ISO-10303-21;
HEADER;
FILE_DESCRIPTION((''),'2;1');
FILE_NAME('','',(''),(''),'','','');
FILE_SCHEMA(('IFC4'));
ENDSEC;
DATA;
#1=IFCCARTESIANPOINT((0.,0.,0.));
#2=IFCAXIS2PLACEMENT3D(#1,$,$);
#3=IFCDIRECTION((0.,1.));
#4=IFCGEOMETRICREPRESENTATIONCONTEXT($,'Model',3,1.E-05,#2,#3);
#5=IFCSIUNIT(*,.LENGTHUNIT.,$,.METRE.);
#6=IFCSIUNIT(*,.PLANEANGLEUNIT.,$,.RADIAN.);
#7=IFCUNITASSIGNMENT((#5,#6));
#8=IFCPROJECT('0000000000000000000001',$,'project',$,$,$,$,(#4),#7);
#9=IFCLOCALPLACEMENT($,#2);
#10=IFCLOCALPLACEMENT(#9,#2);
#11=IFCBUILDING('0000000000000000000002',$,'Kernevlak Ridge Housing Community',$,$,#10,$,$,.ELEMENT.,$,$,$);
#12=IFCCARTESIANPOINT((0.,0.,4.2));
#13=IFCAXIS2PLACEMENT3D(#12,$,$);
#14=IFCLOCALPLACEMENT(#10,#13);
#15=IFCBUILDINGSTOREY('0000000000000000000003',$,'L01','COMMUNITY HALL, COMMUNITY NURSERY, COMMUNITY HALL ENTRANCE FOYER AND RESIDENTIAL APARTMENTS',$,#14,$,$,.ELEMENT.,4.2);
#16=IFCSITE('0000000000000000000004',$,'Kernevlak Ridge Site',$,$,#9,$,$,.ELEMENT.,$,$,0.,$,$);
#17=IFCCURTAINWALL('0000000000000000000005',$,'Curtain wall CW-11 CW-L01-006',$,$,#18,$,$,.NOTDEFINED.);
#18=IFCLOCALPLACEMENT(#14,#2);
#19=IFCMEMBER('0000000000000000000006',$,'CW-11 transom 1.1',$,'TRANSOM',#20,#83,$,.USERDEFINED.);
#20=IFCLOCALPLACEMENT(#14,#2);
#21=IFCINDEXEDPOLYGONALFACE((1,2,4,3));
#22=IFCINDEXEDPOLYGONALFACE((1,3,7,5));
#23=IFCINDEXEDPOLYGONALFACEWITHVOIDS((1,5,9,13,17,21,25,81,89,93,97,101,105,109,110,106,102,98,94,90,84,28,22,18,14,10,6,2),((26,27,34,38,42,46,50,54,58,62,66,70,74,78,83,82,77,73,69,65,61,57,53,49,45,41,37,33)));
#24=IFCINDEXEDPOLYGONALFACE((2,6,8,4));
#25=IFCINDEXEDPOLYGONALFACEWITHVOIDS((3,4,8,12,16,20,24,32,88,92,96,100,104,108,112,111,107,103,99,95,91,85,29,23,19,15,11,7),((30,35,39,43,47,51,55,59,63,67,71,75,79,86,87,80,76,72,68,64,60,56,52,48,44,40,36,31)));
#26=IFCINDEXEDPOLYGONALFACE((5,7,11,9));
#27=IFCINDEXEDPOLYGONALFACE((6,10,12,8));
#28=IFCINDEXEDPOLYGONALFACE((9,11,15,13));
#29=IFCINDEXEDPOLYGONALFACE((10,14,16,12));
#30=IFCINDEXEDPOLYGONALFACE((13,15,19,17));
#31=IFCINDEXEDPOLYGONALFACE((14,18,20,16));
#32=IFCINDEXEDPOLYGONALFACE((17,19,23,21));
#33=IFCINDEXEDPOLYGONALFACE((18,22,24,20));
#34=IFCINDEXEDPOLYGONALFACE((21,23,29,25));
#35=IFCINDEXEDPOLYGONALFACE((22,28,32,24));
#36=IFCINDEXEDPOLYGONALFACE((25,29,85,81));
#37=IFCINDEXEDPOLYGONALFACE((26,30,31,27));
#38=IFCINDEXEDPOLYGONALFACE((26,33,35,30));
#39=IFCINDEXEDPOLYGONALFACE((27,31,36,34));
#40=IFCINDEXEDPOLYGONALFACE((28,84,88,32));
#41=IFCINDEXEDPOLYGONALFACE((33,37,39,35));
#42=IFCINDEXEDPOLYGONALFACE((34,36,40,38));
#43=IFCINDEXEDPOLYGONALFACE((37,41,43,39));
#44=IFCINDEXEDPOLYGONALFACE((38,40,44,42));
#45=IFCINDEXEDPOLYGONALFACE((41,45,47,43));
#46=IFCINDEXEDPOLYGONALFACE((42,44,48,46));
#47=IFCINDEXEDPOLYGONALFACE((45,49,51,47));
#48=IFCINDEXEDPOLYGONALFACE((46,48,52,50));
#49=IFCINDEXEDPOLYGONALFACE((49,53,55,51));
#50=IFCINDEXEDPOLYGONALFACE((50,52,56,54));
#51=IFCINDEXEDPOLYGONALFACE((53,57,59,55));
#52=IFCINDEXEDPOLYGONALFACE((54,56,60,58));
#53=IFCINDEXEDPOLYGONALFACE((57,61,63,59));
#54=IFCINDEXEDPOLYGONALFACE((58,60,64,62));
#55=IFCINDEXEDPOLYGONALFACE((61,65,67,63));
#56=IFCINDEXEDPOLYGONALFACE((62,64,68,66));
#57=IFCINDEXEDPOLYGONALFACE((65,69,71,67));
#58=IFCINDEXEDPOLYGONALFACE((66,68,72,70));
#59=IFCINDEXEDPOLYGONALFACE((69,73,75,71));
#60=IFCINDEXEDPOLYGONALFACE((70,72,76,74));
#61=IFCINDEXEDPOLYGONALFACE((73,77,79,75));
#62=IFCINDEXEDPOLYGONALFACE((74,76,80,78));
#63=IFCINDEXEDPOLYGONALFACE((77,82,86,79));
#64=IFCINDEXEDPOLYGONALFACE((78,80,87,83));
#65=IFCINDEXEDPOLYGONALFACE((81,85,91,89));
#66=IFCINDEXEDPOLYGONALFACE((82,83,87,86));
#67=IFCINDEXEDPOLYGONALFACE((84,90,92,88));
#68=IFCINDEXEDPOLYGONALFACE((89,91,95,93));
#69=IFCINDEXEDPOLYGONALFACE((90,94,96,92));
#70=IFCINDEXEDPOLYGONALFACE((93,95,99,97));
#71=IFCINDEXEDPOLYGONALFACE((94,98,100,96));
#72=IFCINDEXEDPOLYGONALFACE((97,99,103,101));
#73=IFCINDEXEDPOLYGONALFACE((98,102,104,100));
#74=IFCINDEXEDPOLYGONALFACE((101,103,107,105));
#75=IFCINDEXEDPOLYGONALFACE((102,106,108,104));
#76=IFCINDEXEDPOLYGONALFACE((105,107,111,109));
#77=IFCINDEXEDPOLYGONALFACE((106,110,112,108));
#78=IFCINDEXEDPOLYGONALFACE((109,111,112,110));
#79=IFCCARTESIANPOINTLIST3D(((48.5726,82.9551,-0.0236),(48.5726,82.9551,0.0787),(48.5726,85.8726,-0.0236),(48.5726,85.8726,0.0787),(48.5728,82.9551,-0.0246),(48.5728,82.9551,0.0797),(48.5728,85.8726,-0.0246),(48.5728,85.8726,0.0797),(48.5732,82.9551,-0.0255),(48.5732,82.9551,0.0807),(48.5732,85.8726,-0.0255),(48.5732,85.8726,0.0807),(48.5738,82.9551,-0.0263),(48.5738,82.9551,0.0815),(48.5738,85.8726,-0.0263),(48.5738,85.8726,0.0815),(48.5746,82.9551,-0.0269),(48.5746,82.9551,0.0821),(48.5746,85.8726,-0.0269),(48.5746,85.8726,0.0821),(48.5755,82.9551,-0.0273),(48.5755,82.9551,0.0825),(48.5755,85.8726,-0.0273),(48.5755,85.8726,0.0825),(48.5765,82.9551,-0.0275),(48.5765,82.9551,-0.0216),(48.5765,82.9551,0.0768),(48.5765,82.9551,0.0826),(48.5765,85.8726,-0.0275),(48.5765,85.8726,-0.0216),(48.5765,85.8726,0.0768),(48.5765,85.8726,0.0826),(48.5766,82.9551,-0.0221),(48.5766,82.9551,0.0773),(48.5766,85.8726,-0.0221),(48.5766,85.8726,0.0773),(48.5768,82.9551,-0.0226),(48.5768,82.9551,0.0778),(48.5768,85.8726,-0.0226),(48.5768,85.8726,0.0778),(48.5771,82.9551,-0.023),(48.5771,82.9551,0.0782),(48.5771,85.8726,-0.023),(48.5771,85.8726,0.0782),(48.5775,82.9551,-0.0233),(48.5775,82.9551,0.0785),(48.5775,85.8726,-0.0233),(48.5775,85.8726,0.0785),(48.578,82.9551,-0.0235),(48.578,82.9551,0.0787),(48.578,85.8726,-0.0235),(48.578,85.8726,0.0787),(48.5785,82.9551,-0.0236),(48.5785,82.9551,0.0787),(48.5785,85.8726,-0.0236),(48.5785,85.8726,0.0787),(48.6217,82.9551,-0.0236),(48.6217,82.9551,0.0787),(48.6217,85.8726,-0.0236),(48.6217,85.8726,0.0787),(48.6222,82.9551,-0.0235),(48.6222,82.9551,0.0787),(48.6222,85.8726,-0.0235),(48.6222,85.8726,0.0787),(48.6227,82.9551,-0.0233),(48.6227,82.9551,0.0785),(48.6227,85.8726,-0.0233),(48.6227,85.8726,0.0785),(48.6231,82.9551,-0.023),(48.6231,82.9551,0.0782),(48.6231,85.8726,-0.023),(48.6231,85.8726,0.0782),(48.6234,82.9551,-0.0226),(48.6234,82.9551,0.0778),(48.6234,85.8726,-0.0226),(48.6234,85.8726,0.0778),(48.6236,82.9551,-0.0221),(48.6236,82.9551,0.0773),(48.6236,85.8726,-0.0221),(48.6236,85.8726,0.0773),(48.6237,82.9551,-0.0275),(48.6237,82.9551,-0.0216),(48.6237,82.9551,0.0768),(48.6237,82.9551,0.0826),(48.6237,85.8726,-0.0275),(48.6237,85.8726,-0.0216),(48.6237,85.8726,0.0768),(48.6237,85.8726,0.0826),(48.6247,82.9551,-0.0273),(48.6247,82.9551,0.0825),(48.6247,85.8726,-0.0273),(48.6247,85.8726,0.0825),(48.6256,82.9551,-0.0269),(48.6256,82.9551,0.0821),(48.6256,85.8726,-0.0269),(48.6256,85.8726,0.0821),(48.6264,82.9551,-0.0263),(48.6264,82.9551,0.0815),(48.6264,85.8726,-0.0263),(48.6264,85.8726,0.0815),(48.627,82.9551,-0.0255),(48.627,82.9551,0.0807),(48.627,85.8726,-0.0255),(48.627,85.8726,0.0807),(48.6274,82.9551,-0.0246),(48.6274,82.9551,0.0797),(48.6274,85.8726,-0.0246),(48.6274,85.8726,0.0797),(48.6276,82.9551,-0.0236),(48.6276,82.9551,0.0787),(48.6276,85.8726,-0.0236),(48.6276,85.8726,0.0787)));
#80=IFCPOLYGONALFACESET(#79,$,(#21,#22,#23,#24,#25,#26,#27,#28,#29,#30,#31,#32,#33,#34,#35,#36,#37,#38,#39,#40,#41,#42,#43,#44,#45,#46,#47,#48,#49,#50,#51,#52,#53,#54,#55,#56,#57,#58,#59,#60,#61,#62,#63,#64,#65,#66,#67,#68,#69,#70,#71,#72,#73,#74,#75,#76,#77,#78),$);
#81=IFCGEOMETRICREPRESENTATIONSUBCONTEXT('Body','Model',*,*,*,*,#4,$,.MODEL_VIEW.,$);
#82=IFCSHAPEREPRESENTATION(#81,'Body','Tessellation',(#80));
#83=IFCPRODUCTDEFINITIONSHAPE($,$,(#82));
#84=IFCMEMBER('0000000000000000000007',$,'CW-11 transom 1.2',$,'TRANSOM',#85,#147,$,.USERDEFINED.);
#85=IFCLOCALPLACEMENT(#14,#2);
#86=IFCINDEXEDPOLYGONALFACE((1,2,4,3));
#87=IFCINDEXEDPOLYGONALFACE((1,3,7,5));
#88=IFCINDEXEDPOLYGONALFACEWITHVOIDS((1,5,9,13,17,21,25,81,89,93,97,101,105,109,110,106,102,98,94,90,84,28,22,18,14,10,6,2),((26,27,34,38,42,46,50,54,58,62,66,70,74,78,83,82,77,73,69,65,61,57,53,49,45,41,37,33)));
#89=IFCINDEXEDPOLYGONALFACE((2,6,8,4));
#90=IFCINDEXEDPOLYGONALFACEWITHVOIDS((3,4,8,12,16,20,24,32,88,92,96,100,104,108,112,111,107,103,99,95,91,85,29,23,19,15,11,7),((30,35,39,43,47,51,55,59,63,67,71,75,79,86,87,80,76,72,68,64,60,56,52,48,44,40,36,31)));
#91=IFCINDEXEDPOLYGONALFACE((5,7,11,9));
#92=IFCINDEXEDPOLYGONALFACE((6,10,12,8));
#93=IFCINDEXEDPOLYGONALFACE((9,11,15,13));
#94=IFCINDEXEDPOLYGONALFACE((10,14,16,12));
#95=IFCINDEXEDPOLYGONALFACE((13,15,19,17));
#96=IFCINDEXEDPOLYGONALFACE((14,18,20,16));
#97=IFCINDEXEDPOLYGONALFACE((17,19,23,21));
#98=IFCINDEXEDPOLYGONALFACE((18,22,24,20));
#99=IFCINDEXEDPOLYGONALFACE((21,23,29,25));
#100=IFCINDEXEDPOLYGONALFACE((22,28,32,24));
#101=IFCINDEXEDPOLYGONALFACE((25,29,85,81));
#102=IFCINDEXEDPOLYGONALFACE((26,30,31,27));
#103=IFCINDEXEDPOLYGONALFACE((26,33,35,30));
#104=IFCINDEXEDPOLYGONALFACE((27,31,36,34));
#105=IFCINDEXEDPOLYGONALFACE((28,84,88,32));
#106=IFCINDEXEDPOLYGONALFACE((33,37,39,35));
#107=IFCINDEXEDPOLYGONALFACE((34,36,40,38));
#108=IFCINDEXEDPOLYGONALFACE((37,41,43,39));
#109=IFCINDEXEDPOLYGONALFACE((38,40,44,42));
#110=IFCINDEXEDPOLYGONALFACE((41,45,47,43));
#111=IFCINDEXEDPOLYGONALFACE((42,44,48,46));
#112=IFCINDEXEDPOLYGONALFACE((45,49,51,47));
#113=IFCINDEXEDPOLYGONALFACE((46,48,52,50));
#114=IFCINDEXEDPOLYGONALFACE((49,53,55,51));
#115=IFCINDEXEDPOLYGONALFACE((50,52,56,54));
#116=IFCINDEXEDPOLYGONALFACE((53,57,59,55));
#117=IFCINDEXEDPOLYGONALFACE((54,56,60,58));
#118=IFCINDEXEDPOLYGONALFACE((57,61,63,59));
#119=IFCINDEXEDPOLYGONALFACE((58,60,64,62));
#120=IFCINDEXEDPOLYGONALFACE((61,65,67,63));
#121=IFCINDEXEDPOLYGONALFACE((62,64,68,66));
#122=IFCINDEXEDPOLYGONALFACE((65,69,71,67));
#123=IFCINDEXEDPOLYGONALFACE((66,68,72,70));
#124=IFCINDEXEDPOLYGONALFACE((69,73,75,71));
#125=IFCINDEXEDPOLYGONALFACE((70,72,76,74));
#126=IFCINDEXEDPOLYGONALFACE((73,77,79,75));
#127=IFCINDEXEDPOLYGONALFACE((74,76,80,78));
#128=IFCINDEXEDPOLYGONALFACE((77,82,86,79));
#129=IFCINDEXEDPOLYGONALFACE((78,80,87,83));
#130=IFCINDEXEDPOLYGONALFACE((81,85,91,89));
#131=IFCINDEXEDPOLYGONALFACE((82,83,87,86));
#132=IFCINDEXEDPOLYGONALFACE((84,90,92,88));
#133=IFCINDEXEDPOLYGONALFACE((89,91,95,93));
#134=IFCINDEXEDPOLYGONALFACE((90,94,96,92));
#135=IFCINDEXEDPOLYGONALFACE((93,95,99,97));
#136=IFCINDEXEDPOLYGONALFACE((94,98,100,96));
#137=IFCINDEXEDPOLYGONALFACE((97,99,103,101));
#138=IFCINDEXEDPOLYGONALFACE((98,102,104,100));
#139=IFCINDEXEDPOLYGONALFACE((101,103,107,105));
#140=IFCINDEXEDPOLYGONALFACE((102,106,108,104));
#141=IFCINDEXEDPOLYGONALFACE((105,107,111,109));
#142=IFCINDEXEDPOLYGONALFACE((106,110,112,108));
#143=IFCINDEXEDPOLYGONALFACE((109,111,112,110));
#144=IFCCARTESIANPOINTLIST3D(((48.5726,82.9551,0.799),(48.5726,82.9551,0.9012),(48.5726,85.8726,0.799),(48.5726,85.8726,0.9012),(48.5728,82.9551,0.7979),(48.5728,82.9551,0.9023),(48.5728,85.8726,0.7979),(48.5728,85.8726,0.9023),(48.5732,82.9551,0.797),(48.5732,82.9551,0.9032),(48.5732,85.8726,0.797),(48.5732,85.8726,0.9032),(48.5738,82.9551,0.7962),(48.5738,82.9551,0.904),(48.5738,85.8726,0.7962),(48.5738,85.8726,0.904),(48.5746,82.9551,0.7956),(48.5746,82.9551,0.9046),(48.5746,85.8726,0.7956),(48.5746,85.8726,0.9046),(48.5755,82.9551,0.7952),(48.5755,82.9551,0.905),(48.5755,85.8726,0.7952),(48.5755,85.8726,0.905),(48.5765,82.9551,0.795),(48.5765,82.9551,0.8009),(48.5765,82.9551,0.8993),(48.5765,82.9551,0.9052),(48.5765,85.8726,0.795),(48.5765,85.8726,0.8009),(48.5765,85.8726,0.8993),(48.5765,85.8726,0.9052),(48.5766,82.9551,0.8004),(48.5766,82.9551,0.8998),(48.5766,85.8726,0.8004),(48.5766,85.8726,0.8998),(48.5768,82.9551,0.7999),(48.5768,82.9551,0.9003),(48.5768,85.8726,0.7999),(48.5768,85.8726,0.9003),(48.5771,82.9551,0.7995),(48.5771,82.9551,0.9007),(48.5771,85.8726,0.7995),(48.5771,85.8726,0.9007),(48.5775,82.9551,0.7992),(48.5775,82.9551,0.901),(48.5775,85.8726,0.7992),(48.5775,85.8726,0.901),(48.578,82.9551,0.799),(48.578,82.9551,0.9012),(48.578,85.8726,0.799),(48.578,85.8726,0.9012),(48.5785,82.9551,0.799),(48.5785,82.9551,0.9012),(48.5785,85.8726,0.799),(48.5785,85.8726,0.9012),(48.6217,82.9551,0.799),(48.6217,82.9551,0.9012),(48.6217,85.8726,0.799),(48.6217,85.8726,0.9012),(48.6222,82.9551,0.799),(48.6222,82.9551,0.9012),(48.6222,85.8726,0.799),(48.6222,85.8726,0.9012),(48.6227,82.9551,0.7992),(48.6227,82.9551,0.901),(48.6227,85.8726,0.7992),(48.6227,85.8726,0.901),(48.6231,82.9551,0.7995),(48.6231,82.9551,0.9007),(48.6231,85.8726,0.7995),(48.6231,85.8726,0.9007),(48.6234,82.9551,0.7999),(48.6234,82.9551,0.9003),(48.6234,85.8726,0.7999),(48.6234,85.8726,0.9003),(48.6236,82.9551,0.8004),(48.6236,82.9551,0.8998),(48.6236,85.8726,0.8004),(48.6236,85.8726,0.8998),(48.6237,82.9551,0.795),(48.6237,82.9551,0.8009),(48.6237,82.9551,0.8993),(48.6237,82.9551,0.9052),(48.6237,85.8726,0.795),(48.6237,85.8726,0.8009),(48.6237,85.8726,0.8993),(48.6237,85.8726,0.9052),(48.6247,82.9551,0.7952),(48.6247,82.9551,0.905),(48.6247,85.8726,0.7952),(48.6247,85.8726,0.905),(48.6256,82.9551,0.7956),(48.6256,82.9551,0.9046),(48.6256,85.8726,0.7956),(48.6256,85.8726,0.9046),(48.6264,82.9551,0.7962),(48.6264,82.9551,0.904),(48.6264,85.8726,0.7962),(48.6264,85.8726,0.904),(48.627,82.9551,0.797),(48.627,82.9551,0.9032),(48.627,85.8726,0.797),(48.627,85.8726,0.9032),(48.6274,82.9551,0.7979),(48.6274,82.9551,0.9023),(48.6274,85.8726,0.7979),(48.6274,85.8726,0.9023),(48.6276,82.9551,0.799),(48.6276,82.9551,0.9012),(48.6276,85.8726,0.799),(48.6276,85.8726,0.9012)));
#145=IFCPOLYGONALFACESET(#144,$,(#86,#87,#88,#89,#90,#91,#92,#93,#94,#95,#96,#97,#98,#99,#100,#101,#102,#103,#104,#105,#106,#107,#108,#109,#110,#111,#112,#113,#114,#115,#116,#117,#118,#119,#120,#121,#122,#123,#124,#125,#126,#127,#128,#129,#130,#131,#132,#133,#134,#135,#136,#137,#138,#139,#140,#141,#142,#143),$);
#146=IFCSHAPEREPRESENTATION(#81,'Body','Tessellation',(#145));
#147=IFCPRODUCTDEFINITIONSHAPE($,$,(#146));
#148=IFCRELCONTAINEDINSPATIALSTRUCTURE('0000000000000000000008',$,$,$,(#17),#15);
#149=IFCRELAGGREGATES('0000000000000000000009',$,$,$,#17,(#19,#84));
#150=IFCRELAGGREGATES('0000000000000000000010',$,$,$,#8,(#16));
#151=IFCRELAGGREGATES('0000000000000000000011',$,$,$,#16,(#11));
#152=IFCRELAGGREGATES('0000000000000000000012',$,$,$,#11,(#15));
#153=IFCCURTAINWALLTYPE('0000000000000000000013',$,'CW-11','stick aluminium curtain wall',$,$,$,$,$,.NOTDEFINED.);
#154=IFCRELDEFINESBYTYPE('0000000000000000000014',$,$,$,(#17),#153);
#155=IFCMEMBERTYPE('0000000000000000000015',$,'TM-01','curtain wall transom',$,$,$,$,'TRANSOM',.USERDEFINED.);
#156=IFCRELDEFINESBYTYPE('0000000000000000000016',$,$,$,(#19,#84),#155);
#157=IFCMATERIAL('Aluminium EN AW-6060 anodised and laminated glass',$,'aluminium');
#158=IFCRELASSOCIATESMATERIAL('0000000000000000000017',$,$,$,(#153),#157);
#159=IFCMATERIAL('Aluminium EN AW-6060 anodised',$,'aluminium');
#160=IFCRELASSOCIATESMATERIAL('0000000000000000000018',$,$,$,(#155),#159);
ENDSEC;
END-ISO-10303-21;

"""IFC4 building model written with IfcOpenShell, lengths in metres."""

from ifc_helpers import new_model, si_unit, direction, frame, origin, origin_2d, place, context, subcontext, project, spatial, hollow_rectangle, extrude, material, material_profile, profile_set, type_object, element, aggregate, save


model = new_model("IFC4")

# Units and contexts
model_context = context("Model", 3, precision=1e-05, world=origin(), true_north=direction((0.0, 1.0)))
body_context = subcontext(model_context, "Body", "Model", "MODEL_VIEW")
ifc_project = project(units=[si_unit("LENGTHUNIT", "METRE"), si_unit("PLANEANGLEUNIT", "RADIAN")], contexts=[model_context])

# Site, building, storey
site_placement = place(None, origin())
site = spatial("IfcSite", under=ifc_project, at=site_placement, Name="Kernevlak Ridge Site", CompositionType="ELEMENT", RefElevation=0.0)
building_placement = place(site_placement, origin())
building = spatial("IfcBuilding", under=site, at=building_placement, Name="Kernevlak Ridge Housing Community", CompositionType="ELEMENT")
storey_placement = place(building_placement, frame((0.0, 0.0, 4.2)))
storey = spatial("IfcBuildingStorey", under=building, at=storey_placement, Name="L01", Description="COMMUNITY HALL, COMMUNITY NURSERY, COMMUNITY HALL ENTRANCE FOYER AND RESIDENTIAL APARTMENTS", CompositionType="ELEMENT", Elevation=4.2)

# Curtain wall
ifc_material_1 = material(Name="Aluminium EN AW-6060 anodised and laminated glass", Category="aluminium")
curtain_wall_type = type_object("IfcCurtainWallType", Name="CW-11", Description="stick aluminium curtain wall", PredefinedType="NOTDEFINED", material=ifc_material_1)
curtain_wall_placement = place(storey_placement, origin())
curtain_wall = element("IfcCurtainWall", 1, at=curtain_wall_placement, inside=storey, type_object=curtain_wall_type, Name="Curtain wall CW-11 CW-L01-006", PredefinedType="NOTDEFINED")
ifc_material_2 = material(Name="Aluminium EN AW-6060 anodised", Category="aluminium")

# Members
ifc_material_profile_1 = material_profile(ifc_material_2, hollow_rectangle(XDim=0.0549, YDim=0.1101, WallThickness=0.0039, InnerFilletRadius=0.002, OuterFilletRadius=0.0039, at=origin_2d()), Name="ALU 55x110x4")
ifc_profile_set_1 = profile_set([ifc_material_profile_1], Name="Aluminium EN AW-6060 anodised")
member_type_1 = type_object("IfcMemberType", Name="TM-01", Description="curtain wall transom", ElementType="TRANSOM", PredefinedType="USERDEFINED", material=ifc_profile_set_1)
member_1_placement = place(storey_placement, frame((48.6001, 82.9551, 0.0276), z_axis=(0.0, 1.0, 0.0), x_axis=(-1.0, 0.0, 0.0)))
member_1 = element("IfcMember", 2, at=member_1_placement, type_object=member_type_1, Name="CW-11 transom 1.1", ObjectType="TRANSOM", PredefinedType="USERDEFINED", context=body_context, shape_type="SweptSolid", body=[
    extrude(hollow_rectangle(XDim=0.0549, YDim=0.1101, WallThickness=0.0039, InnerFilletRadius=0.002, OuterFilletRadius=0.0039, at=origin_2d()), origin(), (0.0, 0.0, 1.0), 2.9175),
])
member_2_placement = place(storey_placement, frame((48.6001, 82.9551, 0.8501), z_axis=(0.0, 1.0, 0.0), x_axis=(-1.0, 0.0, 0.0)))
member_2 = element("IfcMember", 3, at=member_2_placement, type_object=member_type_1, Name="CW-11 transom 1.2", ObjectType="TRANSOM", PredefinedType="USERDEFINED", context=body_context, shape_type="SweptSolid", body=[
    extrude(hollow_rectangle(XDim=0.0549, YDim=0.1101, WallThickness=0.0039, InnerFilletRadius=0.002, OuterFilletRadius=0.0039, at=origin_2d()), origin(), (0.0, 0.0, 1.0), 2.9175),
])

aggregate(curtain_wall, [member_1, member_2])

save(model, "model.ifc")
